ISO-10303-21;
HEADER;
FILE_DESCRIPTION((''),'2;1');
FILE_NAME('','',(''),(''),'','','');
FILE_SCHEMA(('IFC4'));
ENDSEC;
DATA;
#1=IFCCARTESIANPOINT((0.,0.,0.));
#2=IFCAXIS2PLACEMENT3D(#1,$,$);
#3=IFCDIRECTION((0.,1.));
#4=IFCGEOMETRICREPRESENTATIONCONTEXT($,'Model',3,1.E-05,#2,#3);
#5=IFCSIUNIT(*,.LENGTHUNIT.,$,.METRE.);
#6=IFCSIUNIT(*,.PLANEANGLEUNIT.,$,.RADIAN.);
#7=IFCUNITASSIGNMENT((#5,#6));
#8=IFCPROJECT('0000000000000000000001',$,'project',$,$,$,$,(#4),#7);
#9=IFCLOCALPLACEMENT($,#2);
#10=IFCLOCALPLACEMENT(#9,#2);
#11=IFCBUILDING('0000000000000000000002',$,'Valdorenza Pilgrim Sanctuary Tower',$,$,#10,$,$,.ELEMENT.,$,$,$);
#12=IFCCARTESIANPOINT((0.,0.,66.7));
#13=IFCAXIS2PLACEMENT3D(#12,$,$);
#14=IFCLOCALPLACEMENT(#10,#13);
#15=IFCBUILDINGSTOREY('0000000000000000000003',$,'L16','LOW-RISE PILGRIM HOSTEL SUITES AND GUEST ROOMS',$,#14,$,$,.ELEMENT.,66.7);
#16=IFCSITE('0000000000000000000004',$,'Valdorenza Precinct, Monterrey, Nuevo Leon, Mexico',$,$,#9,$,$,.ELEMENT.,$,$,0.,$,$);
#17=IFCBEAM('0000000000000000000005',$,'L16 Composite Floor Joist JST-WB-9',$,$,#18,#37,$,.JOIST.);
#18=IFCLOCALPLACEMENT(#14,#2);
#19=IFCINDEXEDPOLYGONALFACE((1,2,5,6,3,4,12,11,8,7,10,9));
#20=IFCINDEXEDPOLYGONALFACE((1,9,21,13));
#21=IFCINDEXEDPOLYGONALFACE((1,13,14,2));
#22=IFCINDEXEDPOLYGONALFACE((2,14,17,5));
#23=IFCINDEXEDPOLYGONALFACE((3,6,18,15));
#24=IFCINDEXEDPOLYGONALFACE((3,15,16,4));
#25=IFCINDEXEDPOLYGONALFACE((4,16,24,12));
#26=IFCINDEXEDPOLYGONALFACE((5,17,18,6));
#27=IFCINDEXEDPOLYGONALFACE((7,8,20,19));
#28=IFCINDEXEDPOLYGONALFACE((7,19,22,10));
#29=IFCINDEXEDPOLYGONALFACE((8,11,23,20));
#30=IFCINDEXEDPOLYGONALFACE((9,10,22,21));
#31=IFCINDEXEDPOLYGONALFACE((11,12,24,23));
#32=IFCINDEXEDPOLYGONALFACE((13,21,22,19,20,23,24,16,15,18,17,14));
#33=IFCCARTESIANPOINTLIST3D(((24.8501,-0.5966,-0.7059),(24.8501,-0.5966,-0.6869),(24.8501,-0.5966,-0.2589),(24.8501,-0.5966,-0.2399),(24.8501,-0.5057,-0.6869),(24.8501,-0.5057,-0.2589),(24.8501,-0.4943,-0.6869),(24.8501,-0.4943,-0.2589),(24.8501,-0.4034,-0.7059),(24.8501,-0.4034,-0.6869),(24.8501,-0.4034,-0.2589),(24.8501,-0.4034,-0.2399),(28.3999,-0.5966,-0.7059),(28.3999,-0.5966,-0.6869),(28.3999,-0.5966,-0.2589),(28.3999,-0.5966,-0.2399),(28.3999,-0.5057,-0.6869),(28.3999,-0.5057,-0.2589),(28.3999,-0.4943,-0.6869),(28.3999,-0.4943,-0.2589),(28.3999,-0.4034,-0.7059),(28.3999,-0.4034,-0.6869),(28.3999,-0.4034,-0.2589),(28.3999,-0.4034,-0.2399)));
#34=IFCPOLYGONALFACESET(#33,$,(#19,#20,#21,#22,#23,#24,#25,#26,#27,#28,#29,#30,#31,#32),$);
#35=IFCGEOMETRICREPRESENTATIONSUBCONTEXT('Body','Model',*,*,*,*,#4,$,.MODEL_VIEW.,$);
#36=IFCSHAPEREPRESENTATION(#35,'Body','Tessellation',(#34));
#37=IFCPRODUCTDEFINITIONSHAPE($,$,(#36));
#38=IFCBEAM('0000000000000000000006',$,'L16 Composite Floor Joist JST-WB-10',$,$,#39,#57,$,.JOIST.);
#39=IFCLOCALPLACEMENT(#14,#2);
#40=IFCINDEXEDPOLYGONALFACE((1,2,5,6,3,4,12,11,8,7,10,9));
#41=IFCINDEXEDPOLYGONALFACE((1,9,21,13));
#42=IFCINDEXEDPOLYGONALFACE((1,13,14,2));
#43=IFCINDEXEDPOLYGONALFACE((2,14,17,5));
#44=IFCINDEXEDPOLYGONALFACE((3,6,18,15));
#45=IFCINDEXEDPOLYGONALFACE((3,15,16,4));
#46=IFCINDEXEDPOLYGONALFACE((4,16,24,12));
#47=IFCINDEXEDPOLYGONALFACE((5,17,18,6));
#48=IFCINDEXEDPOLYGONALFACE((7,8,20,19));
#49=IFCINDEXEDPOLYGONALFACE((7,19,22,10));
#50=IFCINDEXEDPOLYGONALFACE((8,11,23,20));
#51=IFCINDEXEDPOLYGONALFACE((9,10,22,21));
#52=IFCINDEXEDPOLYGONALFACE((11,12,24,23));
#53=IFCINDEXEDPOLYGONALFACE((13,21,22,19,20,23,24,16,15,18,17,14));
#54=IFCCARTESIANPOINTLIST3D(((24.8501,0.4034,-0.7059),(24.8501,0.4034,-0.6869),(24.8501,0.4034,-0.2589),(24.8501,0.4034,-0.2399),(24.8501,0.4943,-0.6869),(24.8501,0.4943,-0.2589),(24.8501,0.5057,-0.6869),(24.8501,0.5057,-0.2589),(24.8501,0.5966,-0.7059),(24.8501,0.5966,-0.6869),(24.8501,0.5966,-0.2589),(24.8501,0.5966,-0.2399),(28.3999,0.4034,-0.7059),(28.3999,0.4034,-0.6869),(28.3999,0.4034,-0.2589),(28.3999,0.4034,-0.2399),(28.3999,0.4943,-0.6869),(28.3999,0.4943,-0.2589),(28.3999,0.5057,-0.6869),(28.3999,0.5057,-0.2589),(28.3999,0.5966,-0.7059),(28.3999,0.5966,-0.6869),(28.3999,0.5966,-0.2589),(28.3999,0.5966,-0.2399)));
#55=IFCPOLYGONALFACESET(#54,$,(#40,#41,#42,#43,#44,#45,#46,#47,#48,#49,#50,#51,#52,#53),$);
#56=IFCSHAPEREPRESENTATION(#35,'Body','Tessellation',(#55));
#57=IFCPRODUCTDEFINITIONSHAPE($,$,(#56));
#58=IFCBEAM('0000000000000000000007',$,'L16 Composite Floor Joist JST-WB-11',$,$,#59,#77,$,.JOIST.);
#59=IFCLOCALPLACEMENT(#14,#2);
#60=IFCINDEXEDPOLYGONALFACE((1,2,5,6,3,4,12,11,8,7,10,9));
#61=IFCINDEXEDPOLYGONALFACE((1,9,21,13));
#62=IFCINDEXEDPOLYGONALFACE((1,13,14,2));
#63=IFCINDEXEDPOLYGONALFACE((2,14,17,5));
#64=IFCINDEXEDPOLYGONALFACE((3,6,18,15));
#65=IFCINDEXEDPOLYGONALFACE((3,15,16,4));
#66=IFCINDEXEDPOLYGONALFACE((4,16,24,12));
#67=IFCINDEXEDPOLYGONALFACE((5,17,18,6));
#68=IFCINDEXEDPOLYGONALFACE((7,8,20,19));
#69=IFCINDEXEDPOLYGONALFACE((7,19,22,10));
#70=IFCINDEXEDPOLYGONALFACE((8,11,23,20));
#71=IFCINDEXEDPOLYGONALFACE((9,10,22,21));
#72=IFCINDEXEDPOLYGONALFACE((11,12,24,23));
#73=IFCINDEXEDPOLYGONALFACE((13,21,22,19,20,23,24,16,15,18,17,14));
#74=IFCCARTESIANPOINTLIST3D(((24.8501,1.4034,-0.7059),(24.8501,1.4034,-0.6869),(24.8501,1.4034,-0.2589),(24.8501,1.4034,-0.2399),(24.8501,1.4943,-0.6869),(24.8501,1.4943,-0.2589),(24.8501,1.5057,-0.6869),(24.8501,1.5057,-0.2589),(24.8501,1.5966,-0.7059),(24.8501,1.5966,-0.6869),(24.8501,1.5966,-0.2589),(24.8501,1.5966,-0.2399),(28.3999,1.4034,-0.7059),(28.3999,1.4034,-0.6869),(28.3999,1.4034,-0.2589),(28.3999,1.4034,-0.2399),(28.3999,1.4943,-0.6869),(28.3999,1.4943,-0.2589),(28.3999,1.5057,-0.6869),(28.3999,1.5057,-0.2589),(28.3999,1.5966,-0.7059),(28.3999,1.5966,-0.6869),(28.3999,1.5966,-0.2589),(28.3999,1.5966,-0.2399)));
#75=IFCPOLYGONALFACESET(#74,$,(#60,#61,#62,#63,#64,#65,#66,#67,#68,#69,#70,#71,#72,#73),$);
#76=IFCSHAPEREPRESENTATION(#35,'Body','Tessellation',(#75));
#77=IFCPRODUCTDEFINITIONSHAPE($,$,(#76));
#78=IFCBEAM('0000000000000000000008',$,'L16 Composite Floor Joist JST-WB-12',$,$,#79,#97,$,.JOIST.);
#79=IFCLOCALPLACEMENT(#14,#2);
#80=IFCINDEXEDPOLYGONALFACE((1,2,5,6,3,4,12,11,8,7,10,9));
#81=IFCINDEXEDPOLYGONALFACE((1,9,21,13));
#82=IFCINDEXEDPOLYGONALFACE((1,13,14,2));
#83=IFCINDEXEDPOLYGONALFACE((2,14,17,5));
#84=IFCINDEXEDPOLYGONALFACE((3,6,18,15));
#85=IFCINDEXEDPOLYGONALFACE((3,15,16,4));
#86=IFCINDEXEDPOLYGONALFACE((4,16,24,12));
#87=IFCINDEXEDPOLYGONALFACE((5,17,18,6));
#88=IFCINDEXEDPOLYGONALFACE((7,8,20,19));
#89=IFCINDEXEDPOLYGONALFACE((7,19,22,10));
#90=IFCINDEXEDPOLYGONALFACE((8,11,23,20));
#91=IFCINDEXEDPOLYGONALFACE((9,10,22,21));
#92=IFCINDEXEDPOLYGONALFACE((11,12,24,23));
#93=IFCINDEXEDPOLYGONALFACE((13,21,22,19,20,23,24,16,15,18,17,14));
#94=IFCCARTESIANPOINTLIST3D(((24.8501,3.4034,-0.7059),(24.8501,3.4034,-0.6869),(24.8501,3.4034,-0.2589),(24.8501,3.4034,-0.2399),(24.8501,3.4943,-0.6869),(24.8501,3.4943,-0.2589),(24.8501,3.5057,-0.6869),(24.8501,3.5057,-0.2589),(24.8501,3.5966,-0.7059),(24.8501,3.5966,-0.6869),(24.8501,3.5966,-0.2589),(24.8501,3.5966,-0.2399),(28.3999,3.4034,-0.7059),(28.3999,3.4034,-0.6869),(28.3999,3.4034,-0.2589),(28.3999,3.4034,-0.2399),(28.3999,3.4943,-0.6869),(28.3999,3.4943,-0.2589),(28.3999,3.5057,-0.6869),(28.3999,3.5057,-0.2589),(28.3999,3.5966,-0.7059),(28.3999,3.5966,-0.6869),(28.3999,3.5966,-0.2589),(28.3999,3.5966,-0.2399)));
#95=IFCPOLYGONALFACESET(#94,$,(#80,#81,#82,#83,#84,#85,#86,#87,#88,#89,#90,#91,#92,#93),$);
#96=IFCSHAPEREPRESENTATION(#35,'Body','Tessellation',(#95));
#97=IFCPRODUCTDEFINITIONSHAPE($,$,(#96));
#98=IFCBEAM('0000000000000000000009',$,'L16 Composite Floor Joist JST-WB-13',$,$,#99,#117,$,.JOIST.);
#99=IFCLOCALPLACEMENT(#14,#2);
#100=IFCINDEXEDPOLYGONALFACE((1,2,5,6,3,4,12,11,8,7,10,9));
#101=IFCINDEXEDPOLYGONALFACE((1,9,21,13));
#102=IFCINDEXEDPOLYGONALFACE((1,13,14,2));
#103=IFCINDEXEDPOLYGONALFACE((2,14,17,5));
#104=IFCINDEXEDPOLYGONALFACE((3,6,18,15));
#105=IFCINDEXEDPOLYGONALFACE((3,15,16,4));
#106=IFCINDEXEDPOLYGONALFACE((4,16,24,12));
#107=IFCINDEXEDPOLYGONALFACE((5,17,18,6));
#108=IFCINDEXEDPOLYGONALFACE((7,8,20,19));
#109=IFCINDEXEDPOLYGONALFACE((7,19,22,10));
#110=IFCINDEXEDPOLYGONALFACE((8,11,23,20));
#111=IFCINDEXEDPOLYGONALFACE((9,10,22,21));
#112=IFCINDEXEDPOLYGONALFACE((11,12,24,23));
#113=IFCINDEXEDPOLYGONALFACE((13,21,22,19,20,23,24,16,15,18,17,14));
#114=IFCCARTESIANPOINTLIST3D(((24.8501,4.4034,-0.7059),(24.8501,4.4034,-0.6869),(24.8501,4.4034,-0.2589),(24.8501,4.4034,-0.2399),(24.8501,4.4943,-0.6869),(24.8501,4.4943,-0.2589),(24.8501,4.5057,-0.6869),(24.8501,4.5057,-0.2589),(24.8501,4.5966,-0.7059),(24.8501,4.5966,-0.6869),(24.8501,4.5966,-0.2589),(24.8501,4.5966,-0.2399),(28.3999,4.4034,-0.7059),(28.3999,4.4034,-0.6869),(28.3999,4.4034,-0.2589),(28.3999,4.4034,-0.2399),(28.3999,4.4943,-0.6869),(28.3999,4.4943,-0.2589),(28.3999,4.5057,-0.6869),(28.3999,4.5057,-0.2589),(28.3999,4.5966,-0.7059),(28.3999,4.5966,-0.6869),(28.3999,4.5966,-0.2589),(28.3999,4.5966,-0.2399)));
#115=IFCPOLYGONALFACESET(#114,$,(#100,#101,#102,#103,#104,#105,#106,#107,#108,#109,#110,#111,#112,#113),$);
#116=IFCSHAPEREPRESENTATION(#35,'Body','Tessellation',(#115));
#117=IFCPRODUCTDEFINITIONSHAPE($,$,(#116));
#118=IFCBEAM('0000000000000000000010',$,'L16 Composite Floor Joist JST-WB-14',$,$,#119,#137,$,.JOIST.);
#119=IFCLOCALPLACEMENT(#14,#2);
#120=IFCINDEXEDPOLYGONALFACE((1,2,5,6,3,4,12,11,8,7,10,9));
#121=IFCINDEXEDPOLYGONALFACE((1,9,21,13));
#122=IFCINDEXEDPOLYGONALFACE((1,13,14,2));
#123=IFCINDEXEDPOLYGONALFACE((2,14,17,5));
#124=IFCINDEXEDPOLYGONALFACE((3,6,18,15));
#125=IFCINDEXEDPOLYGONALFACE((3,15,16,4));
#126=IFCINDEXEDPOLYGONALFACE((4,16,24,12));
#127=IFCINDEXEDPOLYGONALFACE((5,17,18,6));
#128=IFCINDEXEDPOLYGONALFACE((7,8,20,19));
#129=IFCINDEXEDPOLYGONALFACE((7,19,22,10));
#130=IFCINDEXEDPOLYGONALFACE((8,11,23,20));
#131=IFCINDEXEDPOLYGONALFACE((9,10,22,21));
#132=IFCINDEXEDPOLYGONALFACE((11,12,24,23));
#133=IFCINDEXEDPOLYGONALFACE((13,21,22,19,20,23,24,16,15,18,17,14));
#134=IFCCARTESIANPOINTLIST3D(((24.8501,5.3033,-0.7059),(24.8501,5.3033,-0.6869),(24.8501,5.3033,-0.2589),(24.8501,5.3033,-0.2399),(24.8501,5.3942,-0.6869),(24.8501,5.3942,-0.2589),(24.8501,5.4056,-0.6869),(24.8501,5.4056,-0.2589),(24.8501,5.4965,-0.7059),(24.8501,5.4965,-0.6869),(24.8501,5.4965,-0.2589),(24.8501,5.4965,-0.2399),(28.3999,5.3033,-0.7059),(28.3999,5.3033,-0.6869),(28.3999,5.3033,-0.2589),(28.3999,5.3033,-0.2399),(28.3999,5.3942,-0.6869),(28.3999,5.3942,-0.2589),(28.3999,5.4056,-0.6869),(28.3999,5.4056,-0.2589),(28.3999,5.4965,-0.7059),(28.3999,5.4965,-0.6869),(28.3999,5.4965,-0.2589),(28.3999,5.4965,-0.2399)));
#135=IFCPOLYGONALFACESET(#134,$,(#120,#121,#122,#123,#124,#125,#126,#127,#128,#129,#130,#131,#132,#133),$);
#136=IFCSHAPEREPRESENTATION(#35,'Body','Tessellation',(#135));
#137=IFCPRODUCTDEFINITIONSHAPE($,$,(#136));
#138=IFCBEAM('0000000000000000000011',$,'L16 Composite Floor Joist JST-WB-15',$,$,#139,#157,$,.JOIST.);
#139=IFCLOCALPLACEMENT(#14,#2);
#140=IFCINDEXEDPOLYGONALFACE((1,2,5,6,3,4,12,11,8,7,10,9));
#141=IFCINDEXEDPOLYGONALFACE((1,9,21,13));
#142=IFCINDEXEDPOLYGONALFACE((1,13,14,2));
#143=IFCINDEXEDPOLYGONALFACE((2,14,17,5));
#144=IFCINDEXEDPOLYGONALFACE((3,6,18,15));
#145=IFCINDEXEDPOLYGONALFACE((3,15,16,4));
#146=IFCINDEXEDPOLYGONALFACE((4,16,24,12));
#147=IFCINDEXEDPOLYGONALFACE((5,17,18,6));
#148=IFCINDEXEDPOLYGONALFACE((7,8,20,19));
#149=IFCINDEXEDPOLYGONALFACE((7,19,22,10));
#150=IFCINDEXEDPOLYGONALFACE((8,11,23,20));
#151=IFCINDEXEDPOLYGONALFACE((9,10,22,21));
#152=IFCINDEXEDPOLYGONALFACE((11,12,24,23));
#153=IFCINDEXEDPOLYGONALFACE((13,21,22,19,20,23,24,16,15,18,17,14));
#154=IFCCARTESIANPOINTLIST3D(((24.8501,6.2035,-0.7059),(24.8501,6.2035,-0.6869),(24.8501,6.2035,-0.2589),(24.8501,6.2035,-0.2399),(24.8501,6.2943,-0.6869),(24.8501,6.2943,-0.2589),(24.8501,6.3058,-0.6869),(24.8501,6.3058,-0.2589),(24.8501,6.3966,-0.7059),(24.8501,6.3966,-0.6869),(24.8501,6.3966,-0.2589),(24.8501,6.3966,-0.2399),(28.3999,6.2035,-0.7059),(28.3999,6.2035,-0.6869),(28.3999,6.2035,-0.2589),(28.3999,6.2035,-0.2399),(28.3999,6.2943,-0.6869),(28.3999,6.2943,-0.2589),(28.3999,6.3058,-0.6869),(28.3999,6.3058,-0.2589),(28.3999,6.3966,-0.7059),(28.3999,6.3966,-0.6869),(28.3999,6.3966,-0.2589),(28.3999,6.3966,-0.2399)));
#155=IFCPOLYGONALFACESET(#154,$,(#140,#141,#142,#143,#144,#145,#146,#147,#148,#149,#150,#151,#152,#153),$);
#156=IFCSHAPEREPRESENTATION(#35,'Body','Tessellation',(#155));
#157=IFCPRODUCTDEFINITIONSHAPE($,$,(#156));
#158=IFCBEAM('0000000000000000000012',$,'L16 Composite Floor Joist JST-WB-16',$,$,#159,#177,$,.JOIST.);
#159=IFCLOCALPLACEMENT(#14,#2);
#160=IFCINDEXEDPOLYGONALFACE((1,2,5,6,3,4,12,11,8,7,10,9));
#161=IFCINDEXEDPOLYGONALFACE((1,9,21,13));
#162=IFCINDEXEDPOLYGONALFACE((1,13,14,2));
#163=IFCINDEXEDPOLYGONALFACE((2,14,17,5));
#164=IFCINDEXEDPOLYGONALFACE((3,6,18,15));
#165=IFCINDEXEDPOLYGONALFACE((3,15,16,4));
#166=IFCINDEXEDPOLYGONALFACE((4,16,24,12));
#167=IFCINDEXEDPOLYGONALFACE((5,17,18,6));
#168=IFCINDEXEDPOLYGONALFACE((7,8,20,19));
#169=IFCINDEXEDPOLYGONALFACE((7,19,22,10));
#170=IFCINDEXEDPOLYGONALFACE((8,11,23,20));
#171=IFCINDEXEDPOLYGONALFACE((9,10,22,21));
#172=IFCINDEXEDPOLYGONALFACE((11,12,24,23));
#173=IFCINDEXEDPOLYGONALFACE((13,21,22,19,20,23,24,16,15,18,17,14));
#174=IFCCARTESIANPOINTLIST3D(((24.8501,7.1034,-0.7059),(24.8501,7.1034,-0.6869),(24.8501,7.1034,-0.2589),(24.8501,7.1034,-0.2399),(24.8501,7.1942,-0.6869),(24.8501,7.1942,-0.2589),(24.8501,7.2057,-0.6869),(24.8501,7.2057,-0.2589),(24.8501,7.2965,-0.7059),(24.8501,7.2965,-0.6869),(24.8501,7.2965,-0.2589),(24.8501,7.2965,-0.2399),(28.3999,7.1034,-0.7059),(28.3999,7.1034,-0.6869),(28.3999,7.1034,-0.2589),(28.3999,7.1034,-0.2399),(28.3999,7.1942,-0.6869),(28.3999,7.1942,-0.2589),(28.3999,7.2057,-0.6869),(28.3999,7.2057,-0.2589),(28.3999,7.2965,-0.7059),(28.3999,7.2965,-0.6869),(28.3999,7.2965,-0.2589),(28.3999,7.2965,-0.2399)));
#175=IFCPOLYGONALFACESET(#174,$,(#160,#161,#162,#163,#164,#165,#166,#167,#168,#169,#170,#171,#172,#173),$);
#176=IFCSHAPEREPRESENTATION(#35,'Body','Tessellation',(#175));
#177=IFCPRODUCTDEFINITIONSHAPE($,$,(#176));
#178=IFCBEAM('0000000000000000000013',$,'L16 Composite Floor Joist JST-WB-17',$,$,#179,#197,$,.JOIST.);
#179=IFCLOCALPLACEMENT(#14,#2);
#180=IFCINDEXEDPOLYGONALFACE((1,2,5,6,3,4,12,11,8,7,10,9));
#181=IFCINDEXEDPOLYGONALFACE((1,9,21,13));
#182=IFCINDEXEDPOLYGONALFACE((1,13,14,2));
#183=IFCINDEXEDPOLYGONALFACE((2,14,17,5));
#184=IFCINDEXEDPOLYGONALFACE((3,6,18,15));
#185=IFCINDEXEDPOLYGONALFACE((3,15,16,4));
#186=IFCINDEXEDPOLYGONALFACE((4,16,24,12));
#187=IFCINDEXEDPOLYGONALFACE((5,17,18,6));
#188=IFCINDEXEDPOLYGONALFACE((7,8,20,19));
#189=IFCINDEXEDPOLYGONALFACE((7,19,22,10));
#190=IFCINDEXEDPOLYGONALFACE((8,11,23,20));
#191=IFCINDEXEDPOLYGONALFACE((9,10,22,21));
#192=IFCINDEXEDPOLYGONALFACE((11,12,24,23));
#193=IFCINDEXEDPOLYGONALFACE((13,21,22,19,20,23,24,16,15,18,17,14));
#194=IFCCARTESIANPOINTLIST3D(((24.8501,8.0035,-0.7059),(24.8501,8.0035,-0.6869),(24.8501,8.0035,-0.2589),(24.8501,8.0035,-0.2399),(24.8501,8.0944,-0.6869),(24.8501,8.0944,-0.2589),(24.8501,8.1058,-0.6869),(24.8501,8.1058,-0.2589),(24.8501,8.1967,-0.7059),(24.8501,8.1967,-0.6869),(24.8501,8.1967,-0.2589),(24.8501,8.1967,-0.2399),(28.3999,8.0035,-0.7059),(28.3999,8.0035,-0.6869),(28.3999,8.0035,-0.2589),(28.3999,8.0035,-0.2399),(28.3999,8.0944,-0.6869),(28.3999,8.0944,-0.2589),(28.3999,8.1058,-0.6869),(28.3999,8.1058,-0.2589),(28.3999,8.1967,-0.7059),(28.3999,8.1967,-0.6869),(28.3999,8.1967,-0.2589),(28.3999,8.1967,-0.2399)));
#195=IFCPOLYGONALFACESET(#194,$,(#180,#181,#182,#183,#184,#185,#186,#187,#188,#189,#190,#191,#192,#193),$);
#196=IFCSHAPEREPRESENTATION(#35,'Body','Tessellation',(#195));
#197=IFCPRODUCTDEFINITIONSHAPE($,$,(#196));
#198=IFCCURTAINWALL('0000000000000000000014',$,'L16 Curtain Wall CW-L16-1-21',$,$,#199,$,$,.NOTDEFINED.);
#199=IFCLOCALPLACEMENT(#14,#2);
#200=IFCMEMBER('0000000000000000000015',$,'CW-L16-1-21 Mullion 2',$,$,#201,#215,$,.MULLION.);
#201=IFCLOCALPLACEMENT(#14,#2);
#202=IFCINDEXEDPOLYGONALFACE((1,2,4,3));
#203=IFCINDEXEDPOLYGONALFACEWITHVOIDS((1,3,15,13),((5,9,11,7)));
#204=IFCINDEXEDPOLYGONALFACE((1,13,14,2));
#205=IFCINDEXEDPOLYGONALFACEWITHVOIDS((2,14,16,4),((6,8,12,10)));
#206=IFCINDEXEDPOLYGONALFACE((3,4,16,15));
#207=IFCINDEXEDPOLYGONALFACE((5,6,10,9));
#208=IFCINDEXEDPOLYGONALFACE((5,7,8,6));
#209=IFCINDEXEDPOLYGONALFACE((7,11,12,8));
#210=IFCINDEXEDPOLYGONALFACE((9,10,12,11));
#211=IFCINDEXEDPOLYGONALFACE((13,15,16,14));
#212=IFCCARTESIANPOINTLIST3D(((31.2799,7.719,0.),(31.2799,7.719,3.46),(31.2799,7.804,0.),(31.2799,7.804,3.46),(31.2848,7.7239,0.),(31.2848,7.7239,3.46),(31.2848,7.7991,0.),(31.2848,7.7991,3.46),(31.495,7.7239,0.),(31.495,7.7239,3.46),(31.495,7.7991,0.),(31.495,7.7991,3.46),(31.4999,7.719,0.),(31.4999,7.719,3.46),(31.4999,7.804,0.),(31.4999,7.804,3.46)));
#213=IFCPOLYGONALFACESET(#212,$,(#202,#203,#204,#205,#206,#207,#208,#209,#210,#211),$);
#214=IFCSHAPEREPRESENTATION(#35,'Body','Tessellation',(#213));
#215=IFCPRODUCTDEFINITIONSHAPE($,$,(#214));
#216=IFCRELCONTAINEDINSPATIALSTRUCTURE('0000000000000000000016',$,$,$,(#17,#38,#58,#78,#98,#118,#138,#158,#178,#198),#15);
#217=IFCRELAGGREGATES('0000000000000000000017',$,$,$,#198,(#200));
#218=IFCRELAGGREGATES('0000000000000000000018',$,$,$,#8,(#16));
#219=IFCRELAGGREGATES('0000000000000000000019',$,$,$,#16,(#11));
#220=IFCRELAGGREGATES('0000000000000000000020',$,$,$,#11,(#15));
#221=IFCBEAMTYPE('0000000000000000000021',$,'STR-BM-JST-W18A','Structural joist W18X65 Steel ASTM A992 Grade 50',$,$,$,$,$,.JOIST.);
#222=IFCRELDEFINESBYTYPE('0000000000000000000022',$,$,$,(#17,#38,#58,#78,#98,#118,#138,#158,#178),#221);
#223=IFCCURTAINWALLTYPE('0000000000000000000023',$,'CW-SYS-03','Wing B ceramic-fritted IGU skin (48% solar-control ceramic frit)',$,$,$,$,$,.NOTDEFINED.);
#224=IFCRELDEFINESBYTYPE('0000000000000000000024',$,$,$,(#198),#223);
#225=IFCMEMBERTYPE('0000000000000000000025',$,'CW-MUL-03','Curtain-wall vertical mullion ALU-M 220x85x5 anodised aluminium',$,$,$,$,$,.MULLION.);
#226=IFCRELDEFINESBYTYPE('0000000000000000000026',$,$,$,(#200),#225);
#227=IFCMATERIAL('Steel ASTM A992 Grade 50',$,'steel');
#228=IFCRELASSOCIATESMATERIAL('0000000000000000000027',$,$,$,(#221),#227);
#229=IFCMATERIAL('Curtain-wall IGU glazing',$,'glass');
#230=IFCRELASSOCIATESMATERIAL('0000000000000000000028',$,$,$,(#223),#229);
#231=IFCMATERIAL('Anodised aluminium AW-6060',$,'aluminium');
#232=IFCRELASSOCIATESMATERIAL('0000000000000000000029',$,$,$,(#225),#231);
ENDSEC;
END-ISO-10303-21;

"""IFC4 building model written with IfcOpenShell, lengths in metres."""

from ifc_helpers import new_model, si_unit, direction, frame, origin, origin_2d, place, context, subcontext, project, spatial, hollow_rectangle, i_section, extrude, source, transform, mapped, material, material_profile, profile_set, type_object, element, aggregate, save


model = new_model("IFC4")

# Units and contexts
model_context = context("Model", 3, precision=1e-05, world=origin(), true_north=direction((0.0, 1.0)))
body_context = subcontext(model_context, "Body", "Model", "MODEL_VIEW")
ifc_project = project(units=[si_unit("LENGTHUNIT", "METRE"), si_unit("PLANEANGLEUNIT", "RADIAN")], contexts=[model_context])

# Site, building, storey
site_placement = place(None, origin())
site = spatial("IfcSite", under=ifc_project, at=site_placement, Name="Valdorenza Precinct, Monterrey, Nuevo Leon, Mexico", CompositionType="ELEMENT", RefElevation=0.0)
building_placement = place(site_placement, origin())
building = spatial("IfcBuilding", under=site, at=building_placement, Name="Valdorenza Pilgrim Sanctuary Tower", CompositionType="ELEMENT")
storey_placement = place(building_placement, frame((0.0, 0.0, 66.7)))
storey = spatial("IfcBuildingStorey", under=building, at=storey_placement, Name="L16", Description="LOW-RISE PILGRIM HOSTEL SUITES AND GUEST ROOMS", CompositionType="ELEMENT", Elevation=66.7)

# Beams
ifc_material_1 = material(Name="Steel ASTM A992 Grade 50", Category="steel")
ifc_material_profile_1 = material_profile(ifc_material_1, i_section(OverallWidth=0.1931, OverallDepth=0.4661, WebThickness=0.0115, FlangeThickness=0.019, at=origin_2d()), Name="W18X65")
ifc_profile_set_1 = profile_set([ifc_material_profile_1], Name="Steel ASTM A992 Grade 50")
beam_type = type_object("IfcBeamType", Name="STR-BM-JST-W18A", Description="Structural joist W18X65 Steel ASTM A992 Grade 50", PredefinedType="JOIST", material=ifc_profile_set_1)
shared_shape_1 = source(origin(), body_context, "Body", "SweptSolid", [
    extrude(i_section(OverallWidth=0.1931, OverallDepth=0.4661, WebThickness=0.0115, FlangeThickness=0.019, at=origin_2d()), origin(), (0.0, 0.0, 1.0), 3.5498),
])
for number, where, z_axis, x_axis, name in (
    (1, (24.8501, -0.5, -0.4729), (1.0, 0.0, 0.0), (0.0, 1.0, 0.0), "L16 Composite Floor Joist JST-WB-9"),
    (2, (24.8501, 0.5, -0.4729), (1.0, 0.0, 0.0), (0.0, 1.0, 0.0), "L16 Composite Floor Joist JST-WB-10"),
    (3, (24.8501, 1.5, -0.4729), (1.0, 0.0, 0.0), (0.0, 1.0, 0.0), "L16 Composite Floor Joist JST-WB-11"),
    (4, (24.8501, 3.5, -0.4729), (1.0, 0.0, 0.0), (0.0, 1.0, 0.0), "L16 Composite Floor Joist JST-WB-12"),
    (5, (24.8501, 4.5, -0.4729), (1.0, 0.0, 0.0), (0.0, 1.0, 0.0), "L16 Composite Floor Joist JST-WB-13"),
    (6, (24.8501, 5.3999, -0.4729), (1.0, 0.0, 0.0), (0.0, 1.0, 0.0), "L16 Composite Floor Joist JST-WB-14"),
    (7, (24.8501, 6.3, -0.4729), (1.0, 0.0, 0.0), (0.0, 1.0, 0.0), "L16 Composite Floor Joist JST-WB-15"),
    (8, (24.8501, 7.2, -0.4729), (1.0, 0.0, 0.0), (0.0, 1.0, 0.0), "L16 Composite Floor Joist JST-WB-16"),
    (9, (24.8501, 8.1001, -0.4729), (1.0, 0.0, 0.0), (0.0, 1.0, 0.0), "L16 Composite Floor Joist JST-WB-17"),
):
    element("IfcBeam", number, at=place(storey_placement, frame(where, z_axis=z_axis, x_axis=x_axis)), inside=storey, type_object=beam_type, Name=name, PredefinedType="JOIST", context=body_context, shape_type="MappedRepresentation", body=[
        mapped(shared_shape_1, transform((0.0, 0.0, 0.0), x_axis=(1.0, 0.0, 0.0), y_axis=(0.0, 1.0, 0.0), z_axis=(0.0, 0.0, 1.0), scale=1.0)),
    ])

# Curtain wall, member
ifc_material_2 = material(Name="Curtain-wall IGU glazing", Category="glass")
curtain_wall_type = type_object("IfcCurtainWallType", Name="CW-SYS-03", Description="Wing B ceramic-fritted IGU skin (48% solar-control ceramic frit)", PredefinedType="NOTDEFINED", material=ifc_material_2)
curtain_wall_placement = place(storey_placement, origin())
curtain_wall = element("IfcCurtainWall", 10, at=curtain_wall_placement, inside=storey, type_object=curtain_wall_type, Name="L16 Curtain Wall CW-L16-1-21", PredefinedType="NOTDEFINED")
ifc_material_3 = material(Name="Anodised aluminium AW-6060", Category="aluminium")
ifc_material_profile_2 = material_profile(ifc_material_3, hollow_rectangle(XDim=0.085, YDim=0.22, WallThickness=0.0049, at=origin_2d()), Name="ALU-M 220x85x5")
ifc_profile_set_2 = profile_set([ifc_material_profile_2], Name="Anodised aluminium AW-6060")
member_type = type_object("IfcMemberType", Name="CW-MUL-03", Description="Curtain-wall vertical mullion ALU-M 220x85x5 anodised aluminium", PredefinedType="MULLION", material=ifc_profile_set_2)
shared_shape_2 = source(origin(), body_context, "Body", "SweptSolid", [
    extrude(hollow_rectangle(XDim=0.085, YDim=0.22, WallThickness=0.0049, at=origin_2d()), origin(), (0.0, 0.0, 1.0), 3.46),
])
member_1_placement = place(storey_placement, frame((31.3899, 7.7615, 0.0), z_axis=(0.0, 0.0, 1.0), x_axis=(0.0, -1.0, 0.0)))
member_1 = element("IfcMember", 11, at=member_1_placement, type_object=member_type, Name="CW-L16-1-21 Mullion 2", PredefinedType="MULLION", context=body_context, shape_type="MappedRepresentation", body=[
    mapped(shared_shape_2, transform((0.0, 0.0, 0.0), x_axis=(1.0, 0.0, 0.0), y_axis=(0.0, 1.0, 0.0), z_axis=(0.0, 0.0, 1.0), scale=1.0)),
])
aggregate(curtain_wall, [member_1])

save(model, "model.ifc")
